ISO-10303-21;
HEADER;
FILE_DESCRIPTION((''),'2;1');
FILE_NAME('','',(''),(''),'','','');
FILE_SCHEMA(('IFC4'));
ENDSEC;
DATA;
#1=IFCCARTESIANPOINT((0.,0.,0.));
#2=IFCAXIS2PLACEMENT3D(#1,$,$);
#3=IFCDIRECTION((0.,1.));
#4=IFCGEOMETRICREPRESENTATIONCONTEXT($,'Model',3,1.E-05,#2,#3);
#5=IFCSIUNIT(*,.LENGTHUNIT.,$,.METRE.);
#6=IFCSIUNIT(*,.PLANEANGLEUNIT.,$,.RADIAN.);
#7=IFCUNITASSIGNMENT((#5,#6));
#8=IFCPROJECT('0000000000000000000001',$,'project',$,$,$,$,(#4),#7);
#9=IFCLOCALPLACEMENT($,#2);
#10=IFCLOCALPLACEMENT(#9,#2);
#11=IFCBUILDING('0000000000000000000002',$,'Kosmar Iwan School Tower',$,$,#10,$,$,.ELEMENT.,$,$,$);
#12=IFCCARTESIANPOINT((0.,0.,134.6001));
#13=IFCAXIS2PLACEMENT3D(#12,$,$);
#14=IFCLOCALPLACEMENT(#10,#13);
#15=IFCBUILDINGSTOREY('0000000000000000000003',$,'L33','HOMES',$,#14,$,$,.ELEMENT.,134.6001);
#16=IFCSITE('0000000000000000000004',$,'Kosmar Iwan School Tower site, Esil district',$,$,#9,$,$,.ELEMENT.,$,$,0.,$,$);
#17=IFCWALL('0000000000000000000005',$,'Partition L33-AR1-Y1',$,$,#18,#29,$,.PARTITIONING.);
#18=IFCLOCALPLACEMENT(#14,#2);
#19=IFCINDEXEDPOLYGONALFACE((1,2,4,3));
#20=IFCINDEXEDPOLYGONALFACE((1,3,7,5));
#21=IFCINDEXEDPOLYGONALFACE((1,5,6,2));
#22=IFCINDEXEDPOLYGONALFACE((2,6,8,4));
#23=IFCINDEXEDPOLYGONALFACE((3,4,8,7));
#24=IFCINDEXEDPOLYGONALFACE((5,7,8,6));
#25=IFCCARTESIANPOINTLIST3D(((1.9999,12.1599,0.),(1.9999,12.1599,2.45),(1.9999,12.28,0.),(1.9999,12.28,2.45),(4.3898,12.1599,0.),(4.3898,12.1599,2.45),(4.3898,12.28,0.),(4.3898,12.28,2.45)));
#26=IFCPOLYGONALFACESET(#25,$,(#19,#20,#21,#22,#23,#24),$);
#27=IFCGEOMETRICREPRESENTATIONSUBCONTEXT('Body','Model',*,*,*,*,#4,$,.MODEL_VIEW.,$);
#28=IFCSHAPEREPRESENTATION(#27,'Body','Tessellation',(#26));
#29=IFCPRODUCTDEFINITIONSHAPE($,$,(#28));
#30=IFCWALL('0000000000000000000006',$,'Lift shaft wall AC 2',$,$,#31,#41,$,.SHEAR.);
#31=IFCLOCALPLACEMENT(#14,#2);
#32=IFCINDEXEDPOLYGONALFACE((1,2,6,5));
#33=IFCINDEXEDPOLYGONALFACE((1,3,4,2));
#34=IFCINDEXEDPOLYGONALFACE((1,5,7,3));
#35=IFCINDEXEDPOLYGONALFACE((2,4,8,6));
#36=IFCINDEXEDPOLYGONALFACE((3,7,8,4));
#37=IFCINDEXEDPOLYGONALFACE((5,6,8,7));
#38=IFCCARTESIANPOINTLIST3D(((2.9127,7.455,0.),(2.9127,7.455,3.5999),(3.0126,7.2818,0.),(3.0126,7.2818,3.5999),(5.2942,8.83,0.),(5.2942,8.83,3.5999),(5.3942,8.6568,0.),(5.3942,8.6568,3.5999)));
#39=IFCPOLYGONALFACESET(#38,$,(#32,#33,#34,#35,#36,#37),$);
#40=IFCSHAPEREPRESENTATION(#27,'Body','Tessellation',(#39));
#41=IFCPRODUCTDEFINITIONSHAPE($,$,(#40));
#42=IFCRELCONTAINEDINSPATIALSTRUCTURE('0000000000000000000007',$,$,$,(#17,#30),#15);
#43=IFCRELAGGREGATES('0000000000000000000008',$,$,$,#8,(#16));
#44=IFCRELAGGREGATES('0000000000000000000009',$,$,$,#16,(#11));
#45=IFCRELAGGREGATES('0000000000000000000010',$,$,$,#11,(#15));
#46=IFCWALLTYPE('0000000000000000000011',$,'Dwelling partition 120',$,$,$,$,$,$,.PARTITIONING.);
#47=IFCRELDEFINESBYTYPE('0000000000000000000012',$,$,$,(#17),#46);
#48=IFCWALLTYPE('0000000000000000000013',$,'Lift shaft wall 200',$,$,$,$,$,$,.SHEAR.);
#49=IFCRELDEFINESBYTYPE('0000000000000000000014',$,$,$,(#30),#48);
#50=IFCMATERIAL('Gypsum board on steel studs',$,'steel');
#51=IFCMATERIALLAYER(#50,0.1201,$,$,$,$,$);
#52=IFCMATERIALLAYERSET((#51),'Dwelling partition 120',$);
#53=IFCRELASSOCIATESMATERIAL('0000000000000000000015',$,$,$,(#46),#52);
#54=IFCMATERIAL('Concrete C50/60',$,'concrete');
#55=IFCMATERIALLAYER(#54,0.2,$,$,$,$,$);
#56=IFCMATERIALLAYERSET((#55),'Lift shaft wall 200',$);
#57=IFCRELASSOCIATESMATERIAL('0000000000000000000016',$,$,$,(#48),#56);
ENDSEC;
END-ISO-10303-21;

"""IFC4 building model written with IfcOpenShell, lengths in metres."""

from ifc_helpers import new_model, si_unit, direction, frame, frame_2d, origin, place, context, subcontext, project, spatial, rectangle, extrude, material, layer, layer_set, type_object, element, save


model = new_model("IFC4")

# Units and contexts
model_context = context("Model", 3, precision=1e-05, world=origin(), true_north=direction((0.0, 1.0)))
body_context = subcontext(model_context, "Body", "Model", "MODEL_VIEW")
ifc_project = project(units=[si_unit("LENGTHUNIT", "METRE"), si_unit("PLANEANGLEUNIT", "RADIAN")], contexts=[model_context])

# Site, building, storey
site_placement = place(None, origin())
site = spatial("IfcSite", under=ifc_project, at=site_placement, Name="Kosmar Iwan School Tower site, Esil district", CompositionType="ELEMENT", RefElevation=0.0)
building_placement = place(site_placement, origin())
building = spatial("IfcBuilding", under=site, at=building_placement, Name="Kosmar Iwan School Tower", CompositionType="ELEMENT")
storey_placement = place(building_placement, frame((0.0, 0.0, 134.6001)))
storey = spatial("IfcBuildingStorey", under=building, at=storey_placement, Name="L33", Description="HOMES", CompositionType="ELEMENT", Elevation=134.6001)

# Shared definitions
ifc_material_1 = material(Name="Gypsum board on steel studs", Category="steel")
ifc_layer_1 = layer(ifc_material_1, 0.1201)
ifc_layer_set_1 = layer_set([ifc_layer_1], Name="Dwelling partition 120")
wall_type_1 = type_object("IfcWallType", Name="Dwelling partition 120", PredefinedType="PARTITIONING", material=ifc_layer_set_1)

# Walls
wall_1_placement = place(storey_placement, frame((2.0, 12.22, 0.0), z_axis=(0.0, 0.0, 1.0), x_axis=(1.0, 0.0, 0.0)))
element("IfcWall", 1, at=wall_1_placement, inside=storey, type_object=wall_type_1, Name="Partition L33-AR1-Y1", PredefinedType="PARTITIONING", context=body_context, shape_type="SweptSolid", body=[
    extrude(rectangle(XDim=2.3899, YDim=0.1201, at=frame_2d((1.1948, 0.0))), origin(), (0.0, 0.0, 1.0), 2.45),
])
ifc_material_2 = material(Name="Concrete C50/60", Category="concrete")
ifc_layer_2 = layer(ifc_material_2, 0.2)
ifc_layer_set_2 = layer_set([ifc_layer_2], Name="Lift shaft wall 200")
wall_type_2 = type_object("IfcWallType", Name="Lift shaft wall 200", PredefinedType="SHEAR", material=ifc_layer_set_2)
wall_2_placement = place(storey_placement, frame((2.9626, 7.3684, 0.0), z_axis=(0.0, 0.0, 1.0), x_axis=(0.866027, 0.499997, 0.0)))
element("IfcWall", 2, at=wall_2_placement, inside=storey, type_object=wall_type_2, Name="Lift shaft wall AC 2", PredefinedType="SHEAR", context=body_context, shape_type="SweptSolid", body=[
    extrude(rectangle(XDim=2.75, YDim=0.2, at=frame_2d((1.375, 0.0))), origin(), (0.0, 0.0, 1.0), 3.5999),
])

save(model, "model.ifc")
